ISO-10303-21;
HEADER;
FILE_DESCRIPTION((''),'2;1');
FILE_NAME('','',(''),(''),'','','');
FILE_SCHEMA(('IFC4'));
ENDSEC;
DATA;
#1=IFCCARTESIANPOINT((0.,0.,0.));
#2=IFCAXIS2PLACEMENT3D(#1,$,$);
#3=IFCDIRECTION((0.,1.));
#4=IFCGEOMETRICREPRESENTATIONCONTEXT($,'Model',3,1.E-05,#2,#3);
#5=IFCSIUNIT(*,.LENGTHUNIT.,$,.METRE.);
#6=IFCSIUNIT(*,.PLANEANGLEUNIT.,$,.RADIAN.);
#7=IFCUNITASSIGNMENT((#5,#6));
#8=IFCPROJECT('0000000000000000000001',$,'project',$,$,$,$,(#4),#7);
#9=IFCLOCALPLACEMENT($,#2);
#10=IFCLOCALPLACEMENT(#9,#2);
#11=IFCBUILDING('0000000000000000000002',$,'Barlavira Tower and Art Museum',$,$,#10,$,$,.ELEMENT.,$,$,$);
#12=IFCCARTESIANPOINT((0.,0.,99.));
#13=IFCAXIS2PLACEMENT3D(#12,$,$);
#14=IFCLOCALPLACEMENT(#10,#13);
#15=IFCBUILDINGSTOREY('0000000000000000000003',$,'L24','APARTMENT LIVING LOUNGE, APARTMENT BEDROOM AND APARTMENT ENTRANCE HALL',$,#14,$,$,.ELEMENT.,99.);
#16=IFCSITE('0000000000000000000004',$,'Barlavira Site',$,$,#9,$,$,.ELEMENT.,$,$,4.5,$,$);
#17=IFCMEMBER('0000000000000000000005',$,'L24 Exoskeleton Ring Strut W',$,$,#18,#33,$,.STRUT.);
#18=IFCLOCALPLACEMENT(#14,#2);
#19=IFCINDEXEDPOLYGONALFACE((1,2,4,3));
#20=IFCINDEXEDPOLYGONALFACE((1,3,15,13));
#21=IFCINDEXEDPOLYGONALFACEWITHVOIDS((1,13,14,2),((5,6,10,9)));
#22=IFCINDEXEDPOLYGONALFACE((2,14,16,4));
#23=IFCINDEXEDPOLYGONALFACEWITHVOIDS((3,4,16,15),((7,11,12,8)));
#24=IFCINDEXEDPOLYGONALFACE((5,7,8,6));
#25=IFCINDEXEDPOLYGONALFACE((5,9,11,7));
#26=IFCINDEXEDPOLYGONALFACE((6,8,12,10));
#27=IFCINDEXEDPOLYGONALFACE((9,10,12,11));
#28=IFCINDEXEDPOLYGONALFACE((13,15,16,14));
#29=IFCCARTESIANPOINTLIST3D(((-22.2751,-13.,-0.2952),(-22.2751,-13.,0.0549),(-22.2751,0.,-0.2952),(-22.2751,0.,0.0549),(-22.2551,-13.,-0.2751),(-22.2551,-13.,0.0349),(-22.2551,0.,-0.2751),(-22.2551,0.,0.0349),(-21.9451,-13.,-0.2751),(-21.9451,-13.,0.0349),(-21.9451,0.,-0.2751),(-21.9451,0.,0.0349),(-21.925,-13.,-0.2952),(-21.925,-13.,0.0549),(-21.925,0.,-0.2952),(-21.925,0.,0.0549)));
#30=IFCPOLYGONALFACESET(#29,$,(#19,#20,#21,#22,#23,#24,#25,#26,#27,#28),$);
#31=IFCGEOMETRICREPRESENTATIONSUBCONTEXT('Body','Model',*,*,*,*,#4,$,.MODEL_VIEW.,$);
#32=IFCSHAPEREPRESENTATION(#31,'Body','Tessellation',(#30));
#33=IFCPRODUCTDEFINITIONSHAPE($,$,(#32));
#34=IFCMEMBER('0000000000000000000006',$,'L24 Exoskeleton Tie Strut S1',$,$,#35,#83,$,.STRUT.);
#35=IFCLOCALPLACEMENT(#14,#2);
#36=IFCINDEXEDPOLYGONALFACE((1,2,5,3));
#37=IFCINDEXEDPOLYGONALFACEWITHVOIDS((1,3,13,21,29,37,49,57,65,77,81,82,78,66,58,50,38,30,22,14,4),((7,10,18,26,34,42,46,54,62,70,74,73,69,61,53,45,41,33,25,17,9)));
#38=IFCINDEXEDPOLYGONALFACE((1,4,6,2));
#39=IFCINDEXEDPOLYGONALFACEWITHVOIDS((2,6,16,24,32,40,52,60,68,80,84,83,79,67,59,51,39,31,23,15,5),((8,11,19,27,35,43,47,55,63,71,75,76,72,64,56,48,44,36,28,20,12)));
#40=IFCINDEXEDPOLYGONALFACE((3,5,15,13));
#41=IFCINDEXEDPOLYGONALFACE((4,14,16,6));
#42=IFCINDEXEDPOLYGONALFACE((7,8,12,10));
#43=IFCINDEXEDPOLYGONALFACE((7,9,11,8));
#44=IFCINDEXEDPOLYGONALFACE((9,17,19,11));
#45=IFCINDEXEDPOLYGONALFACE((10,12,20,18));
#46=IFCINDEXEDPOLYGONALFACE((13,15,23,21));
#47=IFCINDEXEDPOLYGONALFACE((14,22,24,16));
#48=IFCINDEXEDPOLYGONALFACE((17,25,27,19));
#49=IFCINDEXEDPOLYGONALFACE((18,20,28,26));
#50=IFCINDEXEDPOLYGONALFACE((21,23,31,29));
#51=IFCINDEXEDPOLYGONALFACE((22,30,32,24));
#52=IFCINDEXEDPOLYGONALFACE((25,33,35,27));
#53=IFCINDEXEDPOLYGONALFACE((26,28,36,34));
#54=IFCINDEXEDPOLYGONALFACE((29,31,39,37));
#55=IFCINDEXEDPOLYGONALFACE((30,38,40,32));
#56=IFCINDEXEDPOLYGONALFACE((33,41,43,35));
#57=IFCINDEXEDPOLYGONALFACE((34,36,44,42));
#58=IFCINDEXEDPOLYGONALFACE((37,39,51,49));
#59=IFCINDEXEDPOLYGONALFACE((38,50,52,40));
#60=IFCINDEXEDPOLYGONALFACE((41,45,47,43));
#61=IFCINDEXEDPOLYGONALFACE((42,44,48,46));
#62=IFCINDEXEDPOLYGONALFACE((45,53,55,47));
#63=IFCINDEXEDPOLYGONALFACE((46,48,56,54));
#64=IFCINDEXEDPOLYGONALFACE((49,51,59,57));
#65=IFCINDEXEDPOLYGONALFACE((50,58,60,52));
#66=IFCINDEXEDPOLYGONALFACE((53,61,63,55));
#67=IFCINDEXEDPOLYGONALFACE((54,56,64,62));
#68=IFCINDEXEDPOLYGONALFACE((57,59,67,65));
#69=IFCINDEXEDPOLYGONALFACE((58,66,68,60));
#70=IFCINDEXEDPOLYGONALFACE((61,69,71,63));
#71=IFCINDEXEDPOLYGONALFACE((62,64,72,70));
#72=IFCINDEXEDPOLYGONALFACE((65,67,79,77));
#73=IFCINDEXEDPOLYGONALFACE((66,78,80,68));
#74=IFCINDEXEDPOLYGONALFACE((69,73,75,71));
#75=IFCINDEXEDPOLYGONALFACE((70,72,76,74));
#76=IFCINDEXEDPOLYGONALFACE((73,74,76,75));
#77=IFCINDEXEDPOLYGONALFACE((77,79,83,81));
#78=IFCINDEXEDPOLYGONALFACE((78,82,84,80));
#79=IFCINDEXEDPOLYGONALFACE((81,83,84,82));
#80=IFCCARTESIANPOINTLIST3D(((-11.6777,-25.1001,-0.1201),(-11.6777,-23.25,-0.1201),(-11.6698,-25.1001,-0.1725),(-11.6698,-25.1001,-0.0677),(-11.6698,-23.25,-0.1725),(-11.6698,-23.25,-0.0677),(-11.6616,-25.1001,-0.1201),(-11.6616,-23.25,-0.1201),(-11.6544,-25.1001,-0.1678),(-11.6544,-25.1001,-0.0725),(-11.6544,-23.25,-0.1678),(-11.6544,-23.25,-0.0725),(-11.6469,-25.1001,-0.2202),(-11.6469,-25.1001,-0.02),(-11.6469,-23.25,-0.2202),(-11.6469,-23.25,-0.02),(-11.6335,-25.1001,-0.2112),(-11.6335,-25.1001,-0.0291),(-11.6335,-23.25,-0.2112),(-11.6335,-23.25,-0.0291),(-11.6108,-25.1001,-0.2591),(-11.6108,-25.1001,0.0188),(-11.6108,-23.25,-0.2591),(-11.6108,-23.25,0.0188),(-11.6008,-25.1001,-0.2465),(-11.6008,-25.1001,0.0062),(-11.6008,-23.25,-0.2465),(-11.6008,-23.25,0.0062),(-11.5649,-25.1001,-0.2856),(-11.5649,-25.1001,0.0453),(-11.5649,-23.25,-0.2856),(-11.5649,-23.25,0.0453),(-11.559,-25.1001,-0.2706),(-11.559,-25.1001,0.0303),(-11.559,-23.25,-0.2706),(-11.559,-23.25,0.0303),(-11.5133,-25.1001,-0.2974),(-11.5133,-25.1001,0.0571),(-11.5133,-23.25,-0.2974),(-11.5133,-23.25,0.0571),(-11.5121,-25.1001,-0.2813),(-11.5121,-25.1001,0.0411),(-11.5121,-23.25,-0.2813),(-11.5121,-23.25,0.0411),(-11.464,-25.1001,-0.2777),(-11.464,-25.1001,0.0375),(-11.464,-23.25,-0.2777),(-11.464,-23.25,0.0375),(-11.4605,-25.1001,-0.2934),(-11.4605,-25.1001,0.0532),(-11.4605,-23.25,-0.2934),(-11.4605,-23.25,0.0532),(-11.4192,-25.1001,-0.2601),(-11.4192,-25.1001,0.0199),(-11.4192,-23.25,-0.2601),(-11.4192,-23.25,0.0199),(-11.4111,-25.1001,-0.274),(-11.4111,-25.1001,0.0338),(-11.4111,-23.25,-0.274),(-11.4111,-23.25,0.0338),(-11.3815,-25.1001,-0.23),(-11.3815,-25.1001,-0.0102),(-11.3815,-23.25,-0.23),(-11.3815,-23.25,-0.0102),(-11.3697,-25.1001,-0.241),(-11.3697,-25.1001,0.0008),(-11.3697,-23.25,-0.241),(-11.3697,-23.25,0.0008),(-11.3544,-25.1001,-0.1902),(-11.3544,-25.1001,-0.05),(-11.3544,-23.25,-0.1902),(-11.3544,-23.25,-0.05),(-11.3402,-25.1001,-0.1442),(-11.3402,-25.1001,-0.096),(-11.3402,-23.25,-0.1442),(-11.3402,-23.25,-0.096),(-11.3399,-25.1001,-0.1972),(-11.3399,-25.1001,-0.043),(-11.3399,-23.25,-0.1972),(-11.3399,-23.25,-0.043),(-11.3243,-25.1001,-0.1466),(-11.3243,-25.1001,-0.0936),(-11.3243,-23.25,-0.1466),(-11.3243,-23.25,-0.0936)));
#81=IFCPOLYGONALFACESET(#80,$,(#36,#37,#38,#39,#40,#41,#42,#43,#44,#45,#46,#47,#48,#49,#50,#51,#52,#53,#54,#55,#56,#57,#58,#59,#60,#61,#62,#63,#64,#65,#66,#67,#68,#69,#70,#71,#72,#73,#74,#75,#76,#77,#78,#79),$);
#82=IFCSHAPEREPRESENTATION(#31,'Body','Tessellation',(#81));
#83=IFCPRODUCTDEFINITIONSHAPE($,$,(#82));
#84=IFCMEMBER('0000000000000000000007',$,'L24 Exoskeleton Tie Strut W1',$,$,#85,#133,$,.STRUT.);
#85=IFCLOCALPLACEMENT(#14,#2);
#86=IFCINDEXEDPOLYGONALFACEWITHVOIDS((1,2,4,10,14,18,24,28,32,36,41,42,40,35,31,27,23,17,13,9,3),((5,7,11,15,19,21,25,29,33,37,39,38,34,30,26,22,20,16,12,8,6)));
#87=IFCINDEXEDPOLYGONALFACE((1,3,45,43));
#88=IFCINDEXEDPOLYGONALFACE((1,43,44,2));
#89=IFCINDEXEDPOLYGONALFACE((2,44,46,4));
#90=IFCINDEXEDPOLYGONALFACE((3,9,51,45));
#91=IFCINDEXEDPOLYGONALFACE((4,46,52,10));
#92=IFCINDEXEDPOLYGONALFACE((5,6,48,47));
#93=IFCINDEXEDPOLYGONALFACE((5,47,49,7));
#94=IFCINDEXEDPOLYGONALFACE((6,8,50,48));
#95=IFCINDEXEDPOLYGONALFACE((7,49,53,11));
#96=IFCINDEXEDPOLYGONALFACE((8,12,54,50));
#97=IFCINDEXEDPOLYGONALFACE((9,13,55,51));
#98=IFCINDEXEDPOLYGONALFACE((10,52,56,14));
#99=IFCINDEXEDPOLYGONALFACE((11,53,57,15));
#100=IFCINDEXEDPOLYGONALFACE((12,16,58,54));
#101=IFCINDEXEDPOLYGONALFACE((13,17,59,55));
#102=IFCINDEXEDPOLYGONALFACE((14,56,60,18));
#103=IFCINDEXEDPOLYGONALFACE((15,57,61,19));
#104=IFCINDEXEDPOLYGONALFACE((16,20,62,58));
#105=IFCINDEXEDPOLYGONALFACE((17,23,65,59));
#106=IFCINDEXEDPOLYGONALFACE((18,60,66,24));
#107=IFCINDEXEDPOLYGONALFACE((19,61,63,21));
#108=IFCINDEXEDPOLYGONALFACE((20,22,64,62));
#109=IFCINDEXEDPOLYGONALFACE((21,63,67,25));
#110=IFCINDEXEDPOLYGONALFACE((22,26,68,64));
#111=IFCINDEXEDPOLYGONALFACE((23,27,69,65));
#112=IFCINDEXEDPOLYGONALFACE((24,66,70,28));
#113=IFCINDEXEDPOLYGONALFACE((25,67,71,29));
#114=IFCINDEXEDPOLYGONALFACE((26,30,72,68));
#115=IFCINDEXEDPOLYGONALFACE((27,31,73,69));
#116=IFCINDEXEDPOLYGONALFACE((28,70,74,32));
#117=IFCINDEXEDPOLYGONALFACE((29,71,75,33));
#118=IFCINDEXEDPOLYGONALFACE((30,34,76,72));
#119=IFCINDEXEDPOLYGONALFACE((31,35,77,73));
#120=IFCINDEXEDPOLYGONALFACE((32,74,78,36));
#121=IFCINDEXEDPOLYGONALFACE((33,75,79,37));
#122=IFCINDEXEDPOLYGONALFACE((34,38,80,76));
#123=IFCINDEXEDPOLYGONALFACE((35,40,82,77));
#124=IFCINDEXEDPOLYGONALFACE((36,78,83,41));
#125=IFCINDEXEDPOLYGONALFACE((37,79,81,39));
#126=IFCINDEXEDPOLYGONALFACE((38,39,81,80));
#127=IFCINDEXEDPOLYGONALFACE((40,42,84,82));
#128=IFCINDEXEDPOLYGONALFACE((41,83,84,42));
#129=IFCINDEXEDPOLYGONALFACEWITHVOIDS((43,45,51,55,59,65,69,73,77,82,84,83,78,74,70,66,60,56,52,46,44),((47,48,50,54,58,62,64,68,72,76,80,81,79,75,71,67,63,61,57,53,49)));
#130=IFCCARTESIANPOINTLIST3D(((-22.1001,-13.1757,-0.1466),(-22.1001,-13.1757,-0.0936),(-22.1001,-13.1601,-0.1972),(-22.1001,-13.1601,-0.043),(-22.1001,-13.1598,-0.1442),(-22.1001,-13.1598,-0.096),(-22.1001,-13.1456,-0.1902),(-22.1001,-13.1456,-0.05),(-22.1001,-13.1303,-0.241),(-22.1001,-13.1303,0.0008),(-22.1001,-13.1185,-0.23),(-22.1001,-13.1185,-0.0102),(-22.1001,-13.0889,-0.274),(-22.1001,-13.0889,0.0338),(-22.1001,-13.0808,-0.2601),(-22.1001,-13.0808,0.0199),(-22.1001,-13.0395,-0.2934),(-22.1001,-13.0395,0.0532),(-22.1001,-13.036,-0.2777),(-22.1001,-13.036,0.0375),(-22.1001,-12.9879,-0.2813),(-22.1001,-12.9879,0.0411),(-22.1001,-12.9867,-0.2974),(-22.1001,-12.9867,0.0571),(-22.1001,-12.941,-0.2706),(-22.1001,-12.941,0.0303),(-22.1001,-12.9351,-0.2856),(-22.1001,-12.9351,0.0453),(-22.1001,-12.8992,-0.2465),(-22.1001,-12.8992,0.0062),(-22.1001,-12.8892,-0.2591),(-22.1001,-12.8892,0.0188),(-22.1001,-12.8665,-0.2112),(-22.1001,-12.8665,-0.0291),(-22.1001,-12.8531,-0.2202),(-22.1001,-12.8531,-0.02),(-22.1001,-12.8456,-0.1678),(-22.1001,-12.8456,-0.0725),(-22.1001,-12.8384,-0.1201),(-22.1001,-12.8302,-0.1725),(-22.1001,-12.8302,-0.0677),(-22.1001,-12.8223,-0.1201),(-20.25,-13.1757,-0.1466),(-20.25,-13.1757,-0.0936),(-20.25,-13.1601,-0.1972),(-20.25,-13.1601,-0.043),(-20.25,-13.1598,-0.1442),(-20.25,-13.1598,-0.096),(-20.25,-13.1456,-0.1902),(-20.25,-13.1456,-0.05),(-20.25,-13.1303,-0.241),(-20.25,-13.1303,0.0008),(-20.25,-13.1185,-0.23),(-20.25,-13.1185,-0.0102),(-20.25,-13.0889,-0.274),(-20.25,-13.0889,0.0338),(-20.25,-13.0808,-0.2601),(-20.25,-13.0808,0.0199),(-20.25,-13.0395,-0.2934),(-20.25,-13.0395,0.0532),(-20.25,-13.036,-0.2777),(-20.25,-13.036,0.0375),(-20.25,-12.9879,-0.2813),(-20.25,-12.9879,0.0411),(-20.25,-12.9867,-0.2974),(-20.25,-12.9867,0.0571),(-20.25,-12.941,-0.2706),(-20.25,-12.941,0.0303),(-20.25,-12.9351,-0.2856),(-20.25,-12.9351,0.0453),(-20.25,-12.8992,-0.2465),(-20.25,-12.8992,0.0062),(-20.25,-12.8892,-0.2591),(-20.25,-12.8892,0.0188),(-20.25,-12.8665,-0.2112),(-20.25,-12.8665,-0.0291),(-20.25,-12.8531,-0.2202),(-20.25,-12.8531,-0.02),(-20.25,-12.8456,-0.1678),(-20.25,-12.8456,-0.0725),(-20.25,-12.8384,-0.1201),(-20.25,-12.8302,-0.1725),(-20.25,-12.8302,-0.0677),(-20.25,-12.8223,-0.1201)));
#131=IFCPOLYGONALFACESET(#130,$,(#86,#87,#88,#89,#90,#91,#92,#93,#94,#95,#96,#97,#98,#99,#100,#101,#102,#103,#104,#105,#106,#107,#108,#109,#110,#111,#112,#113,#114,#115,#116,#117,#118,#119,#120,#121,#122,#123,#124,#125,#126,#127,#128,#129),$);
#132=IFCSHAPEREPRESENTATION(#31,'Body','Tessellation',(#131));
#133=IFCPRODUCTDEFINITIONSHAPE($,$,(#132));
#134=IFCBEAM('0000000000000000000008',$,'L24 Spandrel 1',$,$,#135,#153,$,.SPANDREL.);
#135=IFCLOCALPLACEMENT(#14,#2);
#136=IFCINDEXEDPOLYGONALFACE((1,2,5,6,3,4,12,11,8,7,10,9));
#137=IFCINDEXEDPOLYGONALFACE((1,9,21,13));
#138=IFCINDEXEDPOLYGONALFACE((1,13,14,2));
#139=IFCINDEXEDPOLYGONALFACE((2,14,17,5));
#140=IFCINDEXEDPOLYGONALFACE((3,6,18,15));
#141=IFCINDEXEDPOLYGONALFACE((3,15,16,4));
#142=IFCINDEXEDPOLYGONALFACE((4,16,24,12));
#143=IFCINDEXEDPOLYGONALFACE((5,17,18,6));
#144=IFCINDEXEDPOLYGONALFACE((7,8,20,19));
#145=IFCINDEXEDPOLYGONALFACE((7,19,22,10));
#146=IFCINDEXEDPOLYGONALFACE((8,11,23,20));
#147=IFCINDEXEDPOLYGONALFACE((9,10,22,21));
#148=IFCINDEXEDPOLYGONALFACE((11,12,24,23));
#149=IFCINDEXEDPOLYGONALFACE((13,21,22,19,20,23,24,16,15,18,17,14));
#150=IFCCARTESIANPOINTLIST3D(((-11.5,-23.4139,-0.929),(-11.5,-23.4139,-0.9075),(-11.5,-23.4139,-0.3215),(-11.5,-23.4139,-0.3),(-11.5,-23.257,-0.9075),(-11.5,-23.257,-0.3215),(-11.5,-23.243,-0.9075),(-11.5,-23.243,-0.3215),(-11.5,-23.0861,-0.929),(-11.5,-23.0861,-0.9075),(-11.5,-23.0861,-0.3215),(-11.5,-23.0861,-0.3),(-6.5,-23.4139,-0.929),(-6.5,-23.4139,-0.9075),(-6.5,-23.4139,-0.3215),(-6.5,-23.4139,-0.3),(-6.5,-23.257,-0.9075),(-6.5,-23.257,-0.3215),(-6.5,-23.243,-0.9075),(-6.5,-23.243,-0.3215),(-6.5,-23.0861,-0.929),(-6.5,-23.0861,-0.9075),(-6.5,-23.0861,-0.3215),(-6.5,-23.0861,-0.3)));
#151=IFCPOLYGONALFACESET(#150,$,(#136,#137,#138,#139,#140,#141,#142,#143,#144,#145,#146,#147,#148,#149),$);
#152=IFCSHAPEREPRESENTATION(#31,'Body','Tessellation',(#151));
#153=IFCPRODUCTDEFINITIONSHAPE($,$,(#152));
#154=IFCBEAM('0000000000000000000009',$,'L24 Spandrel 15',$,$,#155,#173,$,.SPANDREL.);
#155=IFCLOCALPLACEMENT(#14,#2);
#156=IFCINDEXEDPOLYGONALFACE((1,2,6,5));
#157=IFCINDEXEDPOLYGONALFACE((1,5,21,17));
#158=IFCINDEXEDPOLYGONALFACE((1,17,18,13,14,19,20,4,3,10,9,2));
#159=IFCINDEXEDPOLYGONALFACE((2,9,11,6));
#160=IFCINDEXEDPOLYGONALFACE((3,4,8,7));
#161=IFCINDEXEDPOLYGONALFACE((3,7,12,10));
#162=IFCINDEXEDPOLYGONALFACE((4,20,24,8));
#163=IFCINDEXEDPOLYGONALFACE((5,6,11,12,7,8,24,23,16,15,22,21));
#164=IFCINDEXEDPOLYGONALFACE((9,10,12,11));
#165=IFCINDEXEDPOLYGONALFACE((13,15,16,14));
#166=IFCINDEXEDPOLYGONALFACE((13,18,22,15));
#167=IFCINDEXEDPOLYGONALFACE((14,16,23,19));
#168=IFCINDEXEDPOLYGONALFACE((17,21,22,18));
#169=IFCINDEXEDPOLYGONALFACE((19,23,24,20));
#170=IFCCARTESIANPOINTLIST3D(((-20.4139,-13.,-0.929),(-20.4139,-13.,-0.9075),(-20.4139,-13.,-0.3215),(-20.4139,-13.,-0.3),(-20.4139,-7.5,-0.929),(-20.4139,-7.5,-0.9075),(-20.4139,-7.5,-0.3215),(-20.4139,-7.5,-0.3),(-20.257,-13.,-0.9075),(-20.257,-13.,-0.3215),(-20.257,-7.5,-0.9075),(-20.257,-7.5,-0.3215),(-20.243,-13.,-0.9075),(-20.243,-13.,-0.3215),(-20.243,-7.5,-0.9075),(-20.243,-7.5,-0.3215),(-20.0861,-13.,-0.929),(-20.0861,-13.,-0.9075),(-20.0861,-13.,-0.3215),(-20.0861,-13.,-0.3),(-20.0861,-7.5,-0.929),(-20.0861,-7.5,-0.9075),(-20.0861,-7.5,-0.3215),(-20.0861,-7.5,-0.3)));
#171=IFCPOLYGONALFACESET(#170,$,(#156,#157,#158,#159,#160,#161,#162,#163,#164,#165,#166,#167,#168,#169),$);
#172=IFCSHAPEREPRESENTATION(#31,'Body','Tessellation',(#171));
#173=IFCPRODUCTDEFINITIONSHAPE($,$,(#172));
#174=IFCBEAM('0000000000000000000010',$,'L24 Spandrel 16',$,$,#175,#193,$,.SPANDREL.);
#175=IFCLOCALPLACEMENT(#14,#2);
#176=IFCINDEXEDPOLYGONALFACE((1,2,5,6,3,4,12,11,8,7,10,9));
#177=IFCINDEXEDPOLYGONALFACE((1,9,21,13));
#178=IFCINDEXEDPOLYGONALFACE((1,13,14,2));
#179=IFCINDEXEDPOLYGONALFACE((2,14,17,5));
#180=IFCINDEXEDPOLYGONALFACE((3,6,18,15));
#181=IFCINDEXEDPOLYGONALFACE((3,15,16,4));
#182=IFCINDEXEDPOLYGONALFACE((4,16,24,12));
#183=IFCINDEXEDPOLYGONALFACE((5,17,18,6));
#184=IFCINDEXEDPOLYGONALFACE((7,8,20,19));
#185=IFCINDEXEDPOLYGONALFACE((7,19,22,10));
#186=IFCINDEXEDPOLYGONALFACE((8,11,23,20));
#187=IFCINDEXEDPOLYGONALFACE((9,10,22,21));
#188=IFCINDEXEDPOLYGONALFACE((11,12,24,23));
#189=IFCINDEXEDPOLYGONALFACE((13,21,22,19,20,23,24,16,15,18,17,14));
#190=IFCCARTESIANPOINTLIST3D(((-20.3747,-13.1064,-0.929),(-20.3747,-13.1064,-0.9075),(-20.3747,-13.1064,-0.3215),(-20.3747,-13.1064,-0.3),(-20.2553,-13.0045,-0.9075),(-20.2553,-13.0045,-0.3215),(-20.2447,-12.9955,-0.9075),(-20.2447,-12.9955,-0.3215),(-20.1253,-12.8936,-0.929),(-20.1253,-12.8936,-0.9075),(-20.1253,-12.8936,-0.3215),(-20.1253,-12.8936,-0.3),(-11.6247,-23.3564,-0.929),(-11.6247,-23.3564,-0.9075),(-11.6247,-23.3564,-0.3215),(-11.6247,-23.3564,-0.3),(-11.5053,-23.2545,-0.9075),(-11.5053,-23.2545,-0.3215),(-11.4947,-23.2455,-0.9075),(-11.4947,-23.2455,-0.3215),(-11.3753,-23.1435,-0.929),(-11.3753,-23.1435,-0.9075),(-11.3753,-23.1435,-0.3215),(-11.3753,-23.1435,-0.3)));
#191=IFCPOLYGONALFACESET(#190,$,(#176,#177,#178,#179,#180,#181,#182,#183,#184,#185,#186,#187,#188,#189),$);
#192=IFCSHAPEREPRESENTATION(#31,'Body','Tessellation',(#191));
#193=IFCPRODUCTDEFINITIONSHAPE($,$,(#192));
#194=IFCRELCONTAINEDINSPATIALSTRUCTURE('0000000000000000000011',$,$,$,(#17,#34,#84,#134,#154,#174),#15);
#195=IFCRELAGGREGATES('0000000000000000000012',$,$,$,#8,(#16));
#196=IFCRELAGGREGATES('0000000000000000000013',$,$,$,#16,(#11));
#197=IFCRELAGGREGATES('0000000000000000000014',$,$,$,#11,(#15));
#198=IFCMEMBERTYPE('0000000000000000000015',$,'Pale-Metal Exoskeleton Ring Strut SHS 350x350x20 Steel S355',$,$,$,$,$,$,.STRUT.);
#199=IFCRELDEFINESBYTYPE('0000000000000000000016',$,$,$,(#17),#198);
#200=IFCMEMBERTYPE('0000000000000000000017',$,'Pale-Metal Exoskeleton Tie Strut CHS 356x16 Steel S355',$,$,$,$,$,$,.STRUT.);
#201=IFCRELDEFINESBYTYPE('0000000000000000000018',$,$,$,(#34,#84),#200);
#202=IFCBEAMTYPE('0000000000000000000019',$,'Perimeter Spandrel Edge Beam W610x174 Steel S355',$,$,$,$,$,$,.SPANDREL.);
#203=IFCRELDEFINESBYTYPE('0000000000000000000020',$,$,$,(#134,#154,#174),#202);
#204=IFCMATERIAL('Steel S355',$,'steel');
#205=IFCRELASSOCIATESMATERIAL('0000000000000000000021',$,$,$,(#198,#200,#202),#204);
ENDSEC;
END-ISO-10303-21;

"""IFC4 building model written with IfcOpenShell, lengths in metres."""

from ifc_helpers import new_model, si_unit, direction, frame, origin, origin_2d, place, context, subcontext, project, spatial, hollow_rectangle, hollow_circle, i_section, extrude, material, material_profile, profile_set, type_object, element, save


model = new_model("IFC4")

# Units and contexts
model_context = context("Model", 3, precision=1e-05, world=origin(), true_north=direction((0.0, 1.0)))
body_context = subcontext(model_context, "Body", "Model", "MODEL_VIEW")
ifc_project = project(units=[si_unit("LENGTHUNIT", "METRE"), si_unit("PLANEANGLEUNIT", "RADIAN")], contexts=[model_context])

# Site, building, storey
site_placement = place(None, origin())
site = spatial("IfcSite", under=ifc_project, at=site_placement, Name="Barlavira Site", CompositionType="ELEMENT", RefElevation=4.5)
building_placement = place(site_placement, origin())
building = spatial("IfcBuilding", under=site, at=building_placement, Name="Barlavira Tower and Art Museum", CompositionType="ELEMENT")
storey_placement = place(building_placement, frame((0.0, 0.0, 99.0)))
storey = spatial("IfcBuildingStorey", under=building, at=storey_placement, Name="L24", Description="APARTMENT LIVING LOUNGE, APARTMENT BEDROOM AND APARTMENT ENTRANCE HALL", CompositionType="ELEMENT", Elevation=99.0)

# Members
ifc_material_1 = material(Name="Steel S355", Category="steel")
ifc_material_profile_1 = material_profile(ifc_material_1, hollow_rectangle(XDim=0.3501, YDim=0.3501, WallThickness=0.02, at=origin_2d()), Name="SHS 350x350x20.0")
ifc_profile_set_1 = profile_set([ifc_material_profile_1], Name="Steel S355")
member_type_1 = type_object("IfcMemberType", Name="Pale-Metal Exoskeleton Ring Strut SHS 350x350x20 Steel S355", PredefinedType="STRUT", material=ifc_profile_set_1)
member_1_placement = place(storey_placement, frame((-22.1001, -13.0, -0.1201), z_axis=(0.0, 1.0, 0.0), x_axis=(-1.0, 0.0, 0.0)))
element("IfcMember", 1, at=member_1_placement, inside=storey, type_object=member_type_1, Name="L24 Exoskeleton Ring Strut W", PredefinedType="STRUT", context=body_context, shape_type="SweptSolid", body=[
    extrude(hollow_rectangle(XDim=0.3501, YDim=0.3501, WallThickness=0.02, at=origin_2d()), origin(), (0.0, 0.0, 1.0), 13.0),
])
ifc_material_profile_2 = material_profile(ifc_material_1, hollow_circle(Radius=0.1777, WallThickness=0.0161, at=origin_2d()), Name="CHS 355.6x16.0")
ifc_profile_set_2 = profile_set([ifc_material_profile_2], Name="Steel S355")
member_type_2 = type_object("IfcMemberType", Name="Pale-Metal Exoskeleton Tie Strut CHS 356x16 Steel S355", PredefinedType="STRUT", material=ifc_profile_set_2)
for number, where, z_axis, x_axis, name in (
    (2, (-11.5, -25.1001, -0.1201), (0.0, 1.0, 0.0), (-1.0, 0.0, 0.0), "L24 Exoskeleton Tie Strut S1"),
    (3, (-22.1001, -13.0, -0.1201), (1.0, 0.0, 0.0), (0.0, 1.0, 0.0), "L24 Exoskeleton Tie Strut W1"),
):
    element("IfcMember", number, at=place(storey_placement, frame(where, z_axis=z_axis, x_axis=x_axis)), inside=storey, type_object=member_type_2, Name=name, PredefinedType="STRUT", context=body_context, shape_type="SweptSolid", body=[
        extrude(hollow_circle(Radius=0.1777, WallThickness=0.0161, at=origin_2d()), origin(), (0.0, 0.0, 1.0), 1.8501),
    ])

# Beams
ifc_material_profile_3 = material_profile(ifc_material_1, i_section(OverallWidth=0.3279, OverallDepth=0.6289, WebThickness=0.0139, FlangeThickness=0.0215, at=origin_2d()), Name="W610x174.0")
ifc_profile_set_3 = profile_set([ifc_material_profile_3], Name="Steel S355")
beam_type_1 = type_object("IfcBeamType", Name="Perimeter Spandrel Edge Beam W610x174 Steel S355", PredefinedType="SPANDREL", material=ifc_profile_set_3)
beam_1_placement = place(storey_placement, frame((-11.5, -23.25, -0.6145), z_axis=(1.0, 0.0, 0.0), x_axis=(0.0, 1.0, 0.0)))
element("IfcBeam", 4, at=beam_1_placement, inside=storey, type_object=beam_type_1, Name="L24 Spandrel 1", PredefinedType="SPANDREL", context=body_context, shape_type="SweptSolid", body=[
    extrude(i_section(OverallWidth=0.3279, OverallDepth=0.6289, WebThickness=0.0139, FlangeThickness=0.0215, at=origin_2d()), origin(), (0.0, 0.0, 1.0), 5.0),
])
beam_2_placement = place(storey_placement, frame((-20.25, -13.0, -0.6145), z_axis=(0.0, 1.0, 0.0), x_axis=(-1.0, 0.0, 0.0)))
element("IfcBeam", 5, at=beam_2_placement, inside=storey, type_object=beam_type_1, Name="L24 Spandrel 15", PredefinedType="SPANDREL", context=body_context, shape_type="SweptSolid", body=[
    extrude(i_section(OverallWidth=0.3279, OverallDepth=0.6289, WebThickness=0.0139, FlangeThickness=0.0215, at=origin_2d()), origin(), (0.0, 0.0, 1.0), 5.5),
])
beam_3_placement = place(storey_placement, frame((-20.25, -13.0, -0.6145), z_axis=(0.649262, -0.760565, 0.0), x_axis=(0.760565, 0.649262, 0.0)))
element("IfcBeam", 6, at=beam_3_placement, inside=storey, type_object=beam_type_1, Name="L24 Spandrel 16", PredefinedType="SPANDREL", context=body_context, shape_type="SweptSolid", body=[
    extrude(i_section(OverallWidth=0.3279, OverallDepth=0.6289, WebThickness=0.0139, FlangeThickness=0.0215, at=origin_2d()), origin(), (0.0, 0.0, 1.0), 13.4768),
])

save(model, "model.ifc")
